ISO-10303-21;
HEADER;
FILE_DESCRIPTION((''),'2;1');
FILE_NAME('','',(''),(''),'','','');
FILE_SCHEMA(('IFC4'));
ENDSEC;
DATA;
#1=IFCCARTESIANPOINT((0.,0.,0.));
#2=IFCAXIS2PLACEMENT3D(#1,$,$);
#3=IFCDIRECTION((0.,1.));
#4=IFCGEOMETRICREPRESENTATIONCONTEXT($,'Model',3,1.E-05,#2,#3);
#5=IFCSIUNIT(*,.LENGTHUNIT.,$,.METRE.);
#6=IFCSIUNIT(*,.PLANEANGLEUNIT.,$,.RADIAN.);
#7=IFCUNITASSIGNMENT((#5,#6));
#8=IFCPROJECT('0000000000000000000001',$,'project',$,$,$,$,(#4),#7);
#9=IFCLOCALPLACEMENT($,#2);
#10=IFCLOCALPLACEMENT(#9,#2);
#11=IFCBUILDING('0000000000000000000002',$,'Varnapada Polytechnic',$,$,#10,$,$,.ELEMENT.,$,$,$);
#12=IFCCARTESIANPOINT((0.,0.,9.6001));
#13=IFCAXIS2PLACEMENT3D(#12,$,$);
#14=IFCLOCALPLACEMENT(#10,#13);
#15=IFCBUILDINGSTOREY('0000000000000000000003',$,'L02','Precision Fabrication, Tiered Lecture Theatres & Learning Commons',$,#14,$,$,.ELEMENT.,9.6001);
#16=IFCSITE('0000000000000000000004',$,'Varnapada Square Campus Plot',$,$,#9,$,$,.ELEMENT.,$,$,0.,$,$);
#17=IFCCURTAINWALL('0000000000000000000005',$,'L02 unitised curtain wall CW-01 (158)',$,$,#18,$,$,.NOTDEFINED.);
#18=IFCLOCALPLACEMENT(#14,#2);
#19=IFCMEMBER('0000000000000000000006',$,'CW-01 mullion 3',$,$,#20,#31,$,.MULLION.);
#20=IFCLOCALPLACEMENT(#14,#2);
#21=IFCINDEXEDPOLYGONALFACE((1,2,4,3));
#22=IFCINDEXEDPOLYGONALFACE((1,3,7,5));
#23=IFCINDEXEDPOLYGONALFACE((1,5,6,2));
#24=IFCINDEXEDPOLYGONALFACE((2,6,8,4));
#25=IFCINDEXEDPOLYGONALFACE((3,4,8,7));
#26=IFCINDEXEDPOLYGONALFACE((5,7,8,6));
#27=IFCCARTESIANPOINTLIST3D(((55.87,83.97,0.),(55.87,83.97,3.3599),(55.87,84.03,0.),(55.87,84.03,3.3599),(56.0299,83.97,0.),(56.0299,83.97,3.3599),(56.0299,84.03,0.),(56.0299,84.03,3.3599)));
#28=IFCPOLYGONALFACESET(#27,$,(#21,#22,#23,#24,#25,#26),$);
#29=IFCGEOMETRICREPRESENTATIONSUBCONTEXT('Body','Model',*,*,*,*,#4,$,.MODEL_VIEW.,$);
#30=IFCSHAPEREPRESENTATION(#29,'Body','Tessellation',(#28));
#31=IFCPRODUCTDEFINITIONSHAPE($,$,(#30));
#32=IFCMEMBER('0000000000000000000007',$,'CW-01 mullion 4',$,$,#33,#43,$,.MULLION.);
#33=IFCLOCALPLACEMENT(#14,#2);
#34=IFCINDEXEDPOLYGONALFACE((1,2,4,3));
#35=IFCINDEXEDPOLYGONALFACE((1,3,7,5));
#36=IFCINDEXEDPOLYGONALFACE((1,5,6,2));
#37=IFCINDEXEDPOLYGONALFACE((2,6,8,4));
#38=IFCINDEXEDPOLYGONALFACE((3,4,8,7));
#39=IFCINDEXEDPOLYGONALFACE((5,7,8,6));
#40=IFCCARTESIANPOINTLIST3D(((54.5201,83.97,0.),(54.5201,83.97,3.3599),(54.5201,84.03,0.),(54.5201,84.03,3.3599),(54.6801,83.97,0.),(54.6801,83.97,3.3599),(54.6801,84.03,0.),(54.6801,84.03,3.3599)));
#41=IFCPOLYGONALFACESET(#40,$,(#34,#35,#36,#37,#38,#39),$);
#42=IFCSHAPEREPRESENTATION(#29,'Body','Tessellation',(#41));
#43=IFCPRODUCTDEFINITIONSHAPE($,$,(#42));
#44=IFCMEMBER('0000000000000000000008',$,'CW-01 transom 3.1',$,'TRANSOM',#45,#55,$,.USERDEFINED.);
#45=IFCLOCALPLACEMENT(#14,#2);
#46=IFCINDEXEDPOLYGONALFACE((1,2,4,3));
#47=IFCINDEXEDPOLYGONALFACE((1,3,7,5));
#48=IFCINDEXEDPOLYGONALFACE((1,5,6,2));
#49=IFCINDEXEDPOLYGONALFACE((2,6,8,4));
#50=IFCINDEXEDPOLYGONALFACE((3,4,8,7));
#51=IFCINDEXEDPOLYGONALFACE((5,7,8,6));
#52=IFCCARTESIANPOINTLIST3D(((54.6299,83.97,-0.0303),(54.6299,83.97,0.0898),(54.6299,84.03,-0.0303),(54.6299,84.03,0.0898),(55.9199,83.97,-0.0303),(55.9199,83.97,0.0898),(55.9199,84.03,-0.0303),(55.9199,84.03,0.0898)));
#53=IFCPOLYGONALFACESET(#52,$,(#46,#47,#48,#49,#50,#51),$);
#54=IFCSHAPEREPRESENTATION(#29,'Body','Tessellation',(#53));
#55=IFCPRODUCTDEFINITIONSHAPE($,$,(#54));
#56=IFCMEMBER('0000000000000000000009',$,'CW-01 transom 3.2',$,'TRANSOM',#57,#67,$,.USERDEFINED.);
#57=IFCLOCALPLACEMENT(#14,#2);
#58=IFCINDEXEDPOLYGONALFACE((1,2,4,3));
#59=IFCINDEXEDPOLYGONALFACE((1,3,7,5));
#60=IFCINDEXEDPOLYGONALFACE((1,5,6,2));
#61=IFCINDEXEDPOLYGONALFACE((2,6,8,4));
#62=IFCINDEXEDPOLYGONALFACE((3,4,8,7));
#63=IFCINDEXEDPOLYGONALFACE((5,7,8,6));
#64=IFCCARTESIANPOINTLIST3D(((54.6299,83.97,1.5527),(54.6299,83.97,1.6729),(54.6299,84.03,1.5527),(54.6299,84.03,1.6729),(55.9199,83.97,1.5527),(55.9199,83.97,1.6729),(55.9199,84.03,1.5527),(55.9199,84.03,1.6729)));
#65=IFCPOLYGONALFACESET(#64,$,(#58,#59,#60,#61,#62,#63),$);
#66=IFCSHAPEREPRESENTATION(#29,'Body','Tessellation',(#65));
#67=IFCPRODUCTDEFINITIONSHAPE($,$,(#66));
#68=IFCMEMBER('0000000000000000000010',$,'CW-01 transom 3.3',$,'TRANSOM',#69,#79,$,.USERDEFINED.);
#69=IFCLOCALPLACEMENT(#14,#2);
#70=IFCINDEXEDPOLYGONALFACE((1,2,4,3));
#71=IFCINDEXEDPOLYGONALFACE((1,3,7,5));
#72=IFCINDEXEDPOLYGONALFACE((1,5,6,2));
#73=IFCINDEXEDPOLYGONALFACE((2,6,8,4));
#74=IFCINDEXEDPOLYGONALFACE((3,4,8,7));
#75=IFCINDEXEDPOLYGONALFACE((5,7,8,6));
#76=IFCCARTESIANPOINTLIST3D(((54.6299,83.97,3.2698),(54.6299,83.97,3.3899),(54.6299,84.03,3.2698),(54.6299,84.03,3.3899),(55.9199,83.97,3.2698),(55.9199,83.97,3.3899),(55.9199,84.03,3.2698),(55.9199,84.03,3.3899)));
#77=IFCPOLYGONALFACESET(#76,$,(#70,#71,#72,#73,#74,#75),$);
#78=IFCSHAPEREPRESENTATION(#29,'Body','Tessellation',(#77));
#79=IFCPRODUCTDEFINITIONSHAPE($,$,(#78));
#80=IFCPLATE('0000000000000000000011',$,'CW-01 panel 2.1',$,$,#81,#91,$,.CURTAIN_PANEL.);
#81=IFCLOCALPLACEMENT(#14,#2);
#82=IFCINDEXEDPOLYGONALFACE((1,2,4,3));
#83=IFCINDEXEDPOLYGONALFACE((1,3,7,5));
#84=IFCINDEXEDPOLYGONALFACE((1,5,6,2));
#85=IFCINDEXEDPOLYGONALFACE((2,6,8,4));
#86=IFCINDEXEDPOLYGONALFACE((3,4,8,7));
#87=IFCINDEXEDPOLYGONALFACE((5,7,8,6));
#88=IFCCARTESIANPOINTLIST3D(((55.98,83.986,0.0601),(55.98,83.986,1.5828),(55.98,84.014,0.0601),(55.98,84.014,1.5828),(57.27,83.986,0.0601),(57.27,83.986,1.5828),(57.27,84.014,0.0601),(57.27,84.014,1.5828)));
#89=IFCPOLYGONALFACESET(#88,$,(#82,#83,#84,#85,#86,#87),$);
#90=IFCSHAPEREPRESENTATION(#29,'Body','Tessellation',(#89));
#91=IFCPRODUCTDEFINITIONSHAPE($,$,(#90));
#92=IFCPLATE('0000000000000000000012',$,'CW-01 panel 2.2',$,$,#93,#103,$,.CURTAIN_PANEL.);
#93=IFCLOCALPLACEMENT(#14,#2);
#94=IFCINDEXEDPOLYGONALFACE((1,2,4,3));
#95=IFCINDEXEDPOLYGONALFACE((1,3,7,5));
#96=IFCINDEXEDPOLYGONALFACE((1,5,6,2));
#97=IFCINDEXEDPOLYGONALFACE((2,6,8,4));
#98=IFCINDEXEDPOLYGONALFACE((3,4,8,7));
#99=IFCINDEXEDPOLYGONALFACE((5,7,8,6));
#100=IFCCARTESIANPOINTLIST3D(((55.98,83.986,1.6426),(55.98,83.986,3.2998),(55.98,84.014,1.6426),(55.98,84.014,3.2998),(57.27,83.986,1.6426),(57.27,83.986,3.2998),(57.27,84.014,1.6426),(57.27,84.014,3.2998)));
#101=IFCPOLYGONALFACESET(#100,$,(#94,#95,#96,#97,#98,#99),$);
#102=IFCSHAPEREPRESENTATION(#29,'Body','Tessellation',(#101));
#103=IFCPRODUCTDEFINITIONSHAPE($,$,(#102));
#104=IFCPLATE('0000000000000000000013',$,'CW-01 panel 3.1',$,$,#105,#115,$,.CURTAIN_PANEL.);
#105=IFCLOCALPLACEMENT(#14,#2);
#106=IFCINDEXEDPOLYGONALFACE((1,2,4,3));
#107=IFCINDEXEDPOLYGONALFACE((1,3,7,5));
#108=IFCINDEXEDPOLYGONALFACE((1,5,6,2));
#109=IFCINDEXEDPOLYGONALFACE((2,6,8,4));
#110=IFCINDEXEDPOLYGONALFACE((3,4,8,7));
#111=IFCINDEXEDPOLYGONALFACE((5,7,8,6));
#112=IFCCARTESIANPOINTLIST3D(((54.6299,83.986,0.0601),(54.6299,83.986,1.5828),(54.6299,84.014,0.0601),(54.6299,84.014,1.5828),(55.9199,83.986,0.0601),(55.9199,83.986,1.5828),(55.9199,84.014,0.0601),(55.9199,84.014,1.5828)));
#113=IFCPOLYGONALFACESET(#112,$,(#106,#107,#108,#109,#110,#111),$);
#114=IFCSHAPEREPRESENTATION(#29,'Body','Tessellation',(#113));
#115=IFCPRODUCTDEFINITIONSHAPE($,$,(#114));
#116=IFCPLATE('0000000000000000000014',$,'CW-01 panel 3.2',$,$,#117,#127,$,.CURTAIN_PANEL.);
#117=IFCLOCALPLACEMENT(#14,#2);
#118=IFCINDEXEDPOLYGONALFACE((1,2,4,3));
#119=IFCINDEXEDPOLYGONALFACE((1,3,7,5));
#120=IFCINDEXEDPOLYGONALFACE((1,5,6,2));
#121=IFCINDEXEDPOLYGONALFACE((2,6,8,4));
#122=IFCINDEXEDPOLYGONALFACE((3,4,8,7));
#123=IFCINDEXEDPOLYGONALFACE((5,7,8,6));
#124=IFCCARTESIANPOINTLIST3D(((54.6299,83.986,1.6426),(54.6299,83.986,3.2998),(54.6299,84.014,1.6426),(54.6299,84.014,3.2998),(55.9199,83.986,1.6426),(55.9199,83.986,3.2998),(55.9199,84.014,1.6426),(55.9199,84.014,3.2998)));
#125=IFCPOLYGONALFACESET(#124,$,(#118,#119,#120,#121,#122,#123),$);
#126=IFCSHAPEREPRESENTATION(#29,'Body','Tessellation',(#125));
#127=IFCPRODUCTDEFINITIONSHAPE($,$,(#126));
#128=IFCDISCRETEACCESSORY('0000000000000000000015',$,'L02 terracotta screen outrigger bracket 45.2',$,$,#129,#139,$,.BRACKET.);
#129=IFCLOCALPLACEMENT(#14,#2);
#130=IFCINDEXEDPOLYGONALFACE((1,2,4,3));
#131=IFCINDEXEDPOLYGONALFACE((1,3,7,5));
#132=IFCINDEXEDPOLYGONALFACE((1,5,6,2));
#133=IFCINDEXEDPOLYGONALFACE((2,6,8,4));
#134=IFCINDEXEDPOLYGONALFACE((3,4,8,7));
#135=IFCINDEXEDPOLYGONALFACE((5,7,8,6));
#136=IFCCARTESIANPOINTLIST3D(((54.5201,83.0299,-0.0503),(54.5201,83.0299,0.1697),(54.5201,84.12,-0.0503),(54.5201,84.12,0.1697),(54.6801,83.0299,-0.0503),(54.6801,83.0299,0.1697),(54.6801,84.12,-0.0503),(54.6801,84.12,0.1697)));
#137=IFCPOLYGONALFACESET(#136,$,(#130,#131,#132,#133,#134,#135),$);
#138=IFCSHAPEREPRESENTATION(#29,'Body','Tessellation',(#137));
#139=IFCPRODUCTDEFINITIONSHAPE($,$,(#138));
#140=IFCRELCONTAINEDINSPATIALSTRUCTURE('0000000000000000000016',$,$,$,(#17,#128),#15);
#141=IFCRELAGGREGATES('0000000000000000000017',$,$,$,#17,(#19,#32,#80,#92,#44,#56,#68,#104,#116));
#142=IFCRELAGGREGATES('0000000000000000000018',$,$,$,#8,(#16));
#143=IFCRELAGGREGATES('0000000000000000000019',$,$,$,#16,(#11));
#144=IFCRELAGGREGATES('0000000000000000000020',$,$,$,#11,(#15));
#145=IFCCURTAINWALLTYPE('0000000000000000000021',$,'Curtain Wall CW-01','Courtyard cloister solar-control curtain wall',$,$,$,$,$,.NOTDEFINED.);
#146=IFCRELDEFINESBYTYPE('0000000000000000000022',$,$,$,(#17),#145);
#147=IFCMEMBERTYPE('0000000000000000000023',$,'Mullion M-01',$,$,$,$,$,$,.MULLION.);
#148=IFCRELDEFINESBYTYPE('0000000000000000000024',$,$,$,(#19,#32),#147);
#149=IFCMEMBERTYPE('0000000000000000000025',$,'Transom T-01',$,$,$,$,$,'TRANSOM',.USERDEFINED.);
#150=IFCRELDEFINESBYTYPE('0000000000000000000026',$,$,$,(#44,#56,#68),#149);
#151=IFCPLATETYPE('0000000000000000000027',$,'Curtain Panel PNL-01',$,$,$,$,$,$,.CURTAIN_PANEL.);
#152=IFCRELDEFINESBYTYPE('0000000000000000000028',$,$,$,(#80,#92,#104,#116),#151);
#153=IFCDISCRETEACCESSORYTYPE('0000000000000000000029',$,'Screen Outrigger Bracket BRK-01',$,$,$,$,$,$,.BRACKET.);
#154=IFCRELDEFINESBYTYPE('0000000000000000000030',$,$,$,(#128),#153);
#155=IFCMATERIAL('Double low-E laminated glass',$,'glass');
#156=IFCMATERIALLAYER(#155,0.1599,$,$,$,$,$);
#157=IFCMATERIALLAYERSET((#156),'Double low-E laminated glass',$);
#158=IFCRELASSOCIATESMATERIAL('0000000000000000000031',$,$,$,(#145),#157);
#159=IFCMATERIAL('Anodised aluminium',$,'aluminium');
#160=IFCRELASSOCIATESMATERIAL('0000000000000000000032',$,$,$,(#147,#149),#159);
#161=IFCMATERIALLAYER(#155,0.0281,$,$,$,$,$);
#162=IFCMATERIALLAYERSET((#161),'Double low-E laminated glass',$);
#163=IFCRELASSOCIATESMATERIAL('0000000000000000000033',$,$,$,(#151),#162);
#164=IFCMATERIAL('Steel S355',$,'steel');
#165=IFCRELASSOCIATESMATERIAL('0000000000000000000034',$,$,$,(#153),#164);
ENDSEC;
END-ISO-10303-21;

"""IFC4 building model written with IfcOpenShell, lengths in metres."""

from ifc_helpers import new_model, si_unit, direction, frame, origin, origin_2d, place, context, subcontext, project, spatial, rectangle, extrude, material, layer, layer_set, material_profile, profile_set, type_object, element, aggregate, save


model = new_model("IFC4")

# Units and contexts
model_context = context("Model", 3, precision=1e-05, world=origin(), true_north=direction((0.0, 1.0)))
body_context = subcontext(model_context, "Body", "Model", "MODEL_VIEW")
ifc_project = project(units=[si_unit("LENGTHUNIT", "METRE"), si_unit("PLANEANGLEUNIT", "RADIAN")], contexts=[model_context])

# Site, building, storey
site_placement = place(None, origin())
site = spatial("IfcSite", under=ifc_project, at=site_placement, Name="Varnapada Square Campus Plot", CompositionType="ELEMENT", RefElevation=0.0)
building_placement = place(site_placement, origin())
building = spatial("IfcBuilding", under=site, at=building_placement, Name="Varnapada Polytechnic", CompositionType="ELEMENT")
storey_placement = place(building_placement, frame((0.0, 0.0, 9.6001)))
storey = spatial("IfcBuildingStorey", under=building, at=storey_placement, Name="L02", Description="Precision Fabrication, Tiered Lecture Theatres & Learning Commons", CompositionType="ELEMENT", Elevation=9.6001)

# Curtain wall, members, plates
ifc_material_1 = material(Name="Double low-E laminated glass", Category="glass")
ifc_layer_1 = layer(ifc_material_1, 0.1599)
ifc_layer_set_1 = layer_set([ifc_layer_1], Name="Double low-E laminated glass")
curtain_wall_type = type_object("IfcCurtainWallType", Name="Curtain Wall CW-01", Description="Courtyard cloister solar-control curtain wall", PredefinedType="NOTDEFINED", material=ifc_layer_set_1)
curtain_wall_placement = place(storey_placement, origin())
curtain_wall = element("IfcCurtainWall", 1, at=curtain_wall_placement, inside=storey, type_object=curtain_wall_type, Name="L02 unitised curtain wall CW-01 (158)", PredefinedType="NOTDEFINED")
ifc_material_2 = material(Name="Anodised aluminium", Category="aluminium")
ifc_material_profile_1 = material_profile(ifc_material_2, rectangle(XDim=0.0601, YDim=0.1599, at=origin_2d()), Name="ALU M60x160")
ifc_profile_set_1 = profile_set([ifc_material_profile_1], Name="Anodised aluminium")
member_type_1 = type_object("IfcMemberType", Name="Mullion M-01", PredefinedType="MULLION", material=ifc_profile_set_1)
member_1_placement = place(storey_placement, frame((55.95, 84.0, 0.0), z_axis=(0.0, 0.0, 1.0), x_axis=(0.0, -1.0, 0.0)))
member_1 = element("IfcMember", 2, at=member_1_placement, type_object=member_type_1, Name="CW-01 mullion 3", PredefinedType="MULLION", context=body_context, shape_type="SweptSolid", body=[
    extrude(rectangle(XDim=0.0601, YDim=0.1599, at=origin_2d()), origin(), (0.0, 0.0, 1.0), 3.3599),
])
member_2_placement = place(storey_placement, frame((54.6001, 84.0, 0.0), z_axis=(0.0, 0.0, 1.0), x_axis=(0.0, -1.0, 0.0)))
member_2 = element("IfcMember", 3, at=member_2_placement, type_object=member_type_1, Name="CW-01 mullion 4", PredefinedType="MULLION", context=body_context, shape_type="SweptSolid", body=[
    extrude(rectangle(XDim=0.0601, YDim=0.1599, at=origin_2d()), origin(), (0.0, 0.0, 1.0), 3.3599),
])
ifc_material_profile_2 = material_profile(ifc_material_2, rectangle(XDim=0.0601, YDim=0.1201, at=origin_2d()), Name="ALU T60x120")
ifc_profile_set_2 = profile_set([ifc_material_profile_2], Name="Anodised aluminium")
member_type_2 = type_object("IfcMemberType", Name="Transom T-01", ElementType="TRANSOM", PredefinedType="USERDEFINED", material=ifc_profile_set_2)
member_3_placement = place(storey_placement, frame((55.9199, 84.0, 0.0298), z_axis=(-1.0, 0.0, 0.0), x_axis=(0.0, -1.0, 0.0)))
member_3 = element("IfcMember", 4, at=member_3_placement, type_object=member_type_2, Name="CW-01 transom 3.1", ObjectType="TRANSOM", PredefinedType="USERDEFINED", context=body_context, shape_type="SweptSolid", body=[
    extrude(rectangle(XDim=0.0601, YDim=0.1201, at=origin_2d()), origin(), (0.0, 0.0, 1.0), 1.29),
])
member_4_placement = place(storey_placement, frame((55.9199, 84.0, 1.6128), z_axis=(-1.0, 0.0, 0.0), x_axis=(0.0, -1.0, 0.0)))
member_4 = element("IfcMember", 5, at=member_4_placement, type_object=member_type_2, Name="CW-01 transom 3.2", ObjectType="TRANSOM", PredefinedType="USERDEFINED", context=body_context, shape_type="SweptSolid", body=[
    extrude(rectangle(XDim=0.0601, YDim=0.1201, at=origin_2d()), origin(), (0.0, 0.0, 1.0), 1.29),
])
member_5_placement = place(storey_placement, frame((55.9199, 84.0, 3.3298), z_axis=(-1.0, 0.0, 0.0), x_axis=(0.0, -1.0, 0.0)))
member_5 = element("IfcMember", 6, at=member_5_placement, type_object=member_type_2, Name="CW-01 transom 3.3", ObjectType="TRANSOM", PredefinedType="USERDEFINED", context=body_context, shape_type="SweptSolid", body=[
    extrude(rectangle(XDim=0.0601, YDim=0.1201, at=origin_2d()), origin(), (0.0, 0.0, 1.0), 1.29),
])
ifc_layer_2 = layer(ifc_material_1, 0.0281)
ifc_layer_set_2 = layer_set([ifc_layer_2], Name="Double low-E laminated glass")
plate_type = type_object("IfcPlateType", Name="Curtain Panel PNL-01", PredefinedType="CURTAIN_PANEL", material=ifc_layer_set_2)
plate_1_placement = place(storey_placement, frame((56.625, 84.0, 0.0601), z_axis=(0.0, 0.0, 1.0), x_axis=(-1.0, 0.0, 0.0)))
plate_1 = element("IfcPlate", 7, at=plate_1_placement, type_object=plate_type, Name="CW-01 panel 2.1", PredefinedType="CURTAIN_PANEL", context=body_context, shape_type="SweptSolid", body=[
    extrude(rectangle(XDim=1.29, YDim=0.0281, at=origin_2d()), origin(), (0.0, 0.0, 1.0), 1.5227),
])
plate_2_placement = place(storey_placement, frame((56.625, 84.0, 1.6426), z_axis=(0.0, 0.0, 1.0), x_axis=(-1.0, 0.0, 0.0)))
plate_2 = element("IfcPlate", 8, at=plate_2_placement, type_object=plate_type, Name="CW-01 panel 2.2", PredefinedType="CURTAIN_PANEL", context=body_context, shape_type="SweptSolid", body=[
    extrude(rectangle(XDim=1.29, YDim=0.0281, at=origin_2d()), origin(), (0.0, 0.0, 1.0), 1.6572),
])
plate_3_placement = place(storey_placement, frame((55.2749, 84.0, 0.0601), z_axis=(0.0, 0.0, 1.0), x_axis=(-1.0, 0.0, 0.0)))
plate_3 = element("IfcPlate", 9, at=plate_3_placement, type_object=plate_type, Name="CW-01 panel 3.1", PredefinedType="CURTAIN_PANEL", context=body_context, shape_type="SweptSolid", body=[
    extrude(rectangle(XDim=1.29, YDim=0.0281, at=origin_2d()), origin(), (0.0, 0.0, 1.0), 1.5227),
])
plate_4_placement = place(storey_placement, frame((55.2749, 84.0, 1.6426), z_axis=(0.0, 0.0, 1.0), x_axis=(-1.0, 0.0, 0.0)))
plate_4 = element("IfcPlate", 10, at=plate_4_placement, type_object=plate_type, Name="CW-01 panel 3.2", PredefinedType="CURTAIN_PANEL", context=body_context, shape_type="SweptSolid", body=[
    extrude(rectangle(XDim=1.29, YDim=0.0281, at=origin_2d()), origin(), (0.0, 0.0, 1.0), 1.6572),
])
aggregate(curtain_wall, [member_1, member_2, plate_1, plate_2, member_3, member_4, member_5, plate_3, plate_4])

# Discrete accessory
ifc_material_3 = material(Name="Steel S355", Category="steel")
discrete_accessory_type = type_object("IfcDiscreteAccessoryType", Name="Screen Outrigger Bracket BRK-01", PredefinedType="BRACKET", material=ifc_material_3)
discrete_accessory_placement = place(storey_placement, frame((54.6001, 83.575, -0.0503), z_axis=(0.0, 0.0, 1.0), x_axis=(-1.0, 0.0, 0.0)))
element("IfcDiscreteAccessory", 11, at=discrete_accessory_placement, inside=storey, type_object=discrete_accessory_type, Name="L02 terracotta screen outrigger bracket 45.2", PredefinedType="BRACKET", context=body_context, shape_type="SweptSolid", body=[
    extrude(rectangle(XDim=0.1599, YDim=1.0901, at=origin_2d()), origin(), (0.0, 0.0, 1.0), 0.22),
])

save(model, "model.ifc")
